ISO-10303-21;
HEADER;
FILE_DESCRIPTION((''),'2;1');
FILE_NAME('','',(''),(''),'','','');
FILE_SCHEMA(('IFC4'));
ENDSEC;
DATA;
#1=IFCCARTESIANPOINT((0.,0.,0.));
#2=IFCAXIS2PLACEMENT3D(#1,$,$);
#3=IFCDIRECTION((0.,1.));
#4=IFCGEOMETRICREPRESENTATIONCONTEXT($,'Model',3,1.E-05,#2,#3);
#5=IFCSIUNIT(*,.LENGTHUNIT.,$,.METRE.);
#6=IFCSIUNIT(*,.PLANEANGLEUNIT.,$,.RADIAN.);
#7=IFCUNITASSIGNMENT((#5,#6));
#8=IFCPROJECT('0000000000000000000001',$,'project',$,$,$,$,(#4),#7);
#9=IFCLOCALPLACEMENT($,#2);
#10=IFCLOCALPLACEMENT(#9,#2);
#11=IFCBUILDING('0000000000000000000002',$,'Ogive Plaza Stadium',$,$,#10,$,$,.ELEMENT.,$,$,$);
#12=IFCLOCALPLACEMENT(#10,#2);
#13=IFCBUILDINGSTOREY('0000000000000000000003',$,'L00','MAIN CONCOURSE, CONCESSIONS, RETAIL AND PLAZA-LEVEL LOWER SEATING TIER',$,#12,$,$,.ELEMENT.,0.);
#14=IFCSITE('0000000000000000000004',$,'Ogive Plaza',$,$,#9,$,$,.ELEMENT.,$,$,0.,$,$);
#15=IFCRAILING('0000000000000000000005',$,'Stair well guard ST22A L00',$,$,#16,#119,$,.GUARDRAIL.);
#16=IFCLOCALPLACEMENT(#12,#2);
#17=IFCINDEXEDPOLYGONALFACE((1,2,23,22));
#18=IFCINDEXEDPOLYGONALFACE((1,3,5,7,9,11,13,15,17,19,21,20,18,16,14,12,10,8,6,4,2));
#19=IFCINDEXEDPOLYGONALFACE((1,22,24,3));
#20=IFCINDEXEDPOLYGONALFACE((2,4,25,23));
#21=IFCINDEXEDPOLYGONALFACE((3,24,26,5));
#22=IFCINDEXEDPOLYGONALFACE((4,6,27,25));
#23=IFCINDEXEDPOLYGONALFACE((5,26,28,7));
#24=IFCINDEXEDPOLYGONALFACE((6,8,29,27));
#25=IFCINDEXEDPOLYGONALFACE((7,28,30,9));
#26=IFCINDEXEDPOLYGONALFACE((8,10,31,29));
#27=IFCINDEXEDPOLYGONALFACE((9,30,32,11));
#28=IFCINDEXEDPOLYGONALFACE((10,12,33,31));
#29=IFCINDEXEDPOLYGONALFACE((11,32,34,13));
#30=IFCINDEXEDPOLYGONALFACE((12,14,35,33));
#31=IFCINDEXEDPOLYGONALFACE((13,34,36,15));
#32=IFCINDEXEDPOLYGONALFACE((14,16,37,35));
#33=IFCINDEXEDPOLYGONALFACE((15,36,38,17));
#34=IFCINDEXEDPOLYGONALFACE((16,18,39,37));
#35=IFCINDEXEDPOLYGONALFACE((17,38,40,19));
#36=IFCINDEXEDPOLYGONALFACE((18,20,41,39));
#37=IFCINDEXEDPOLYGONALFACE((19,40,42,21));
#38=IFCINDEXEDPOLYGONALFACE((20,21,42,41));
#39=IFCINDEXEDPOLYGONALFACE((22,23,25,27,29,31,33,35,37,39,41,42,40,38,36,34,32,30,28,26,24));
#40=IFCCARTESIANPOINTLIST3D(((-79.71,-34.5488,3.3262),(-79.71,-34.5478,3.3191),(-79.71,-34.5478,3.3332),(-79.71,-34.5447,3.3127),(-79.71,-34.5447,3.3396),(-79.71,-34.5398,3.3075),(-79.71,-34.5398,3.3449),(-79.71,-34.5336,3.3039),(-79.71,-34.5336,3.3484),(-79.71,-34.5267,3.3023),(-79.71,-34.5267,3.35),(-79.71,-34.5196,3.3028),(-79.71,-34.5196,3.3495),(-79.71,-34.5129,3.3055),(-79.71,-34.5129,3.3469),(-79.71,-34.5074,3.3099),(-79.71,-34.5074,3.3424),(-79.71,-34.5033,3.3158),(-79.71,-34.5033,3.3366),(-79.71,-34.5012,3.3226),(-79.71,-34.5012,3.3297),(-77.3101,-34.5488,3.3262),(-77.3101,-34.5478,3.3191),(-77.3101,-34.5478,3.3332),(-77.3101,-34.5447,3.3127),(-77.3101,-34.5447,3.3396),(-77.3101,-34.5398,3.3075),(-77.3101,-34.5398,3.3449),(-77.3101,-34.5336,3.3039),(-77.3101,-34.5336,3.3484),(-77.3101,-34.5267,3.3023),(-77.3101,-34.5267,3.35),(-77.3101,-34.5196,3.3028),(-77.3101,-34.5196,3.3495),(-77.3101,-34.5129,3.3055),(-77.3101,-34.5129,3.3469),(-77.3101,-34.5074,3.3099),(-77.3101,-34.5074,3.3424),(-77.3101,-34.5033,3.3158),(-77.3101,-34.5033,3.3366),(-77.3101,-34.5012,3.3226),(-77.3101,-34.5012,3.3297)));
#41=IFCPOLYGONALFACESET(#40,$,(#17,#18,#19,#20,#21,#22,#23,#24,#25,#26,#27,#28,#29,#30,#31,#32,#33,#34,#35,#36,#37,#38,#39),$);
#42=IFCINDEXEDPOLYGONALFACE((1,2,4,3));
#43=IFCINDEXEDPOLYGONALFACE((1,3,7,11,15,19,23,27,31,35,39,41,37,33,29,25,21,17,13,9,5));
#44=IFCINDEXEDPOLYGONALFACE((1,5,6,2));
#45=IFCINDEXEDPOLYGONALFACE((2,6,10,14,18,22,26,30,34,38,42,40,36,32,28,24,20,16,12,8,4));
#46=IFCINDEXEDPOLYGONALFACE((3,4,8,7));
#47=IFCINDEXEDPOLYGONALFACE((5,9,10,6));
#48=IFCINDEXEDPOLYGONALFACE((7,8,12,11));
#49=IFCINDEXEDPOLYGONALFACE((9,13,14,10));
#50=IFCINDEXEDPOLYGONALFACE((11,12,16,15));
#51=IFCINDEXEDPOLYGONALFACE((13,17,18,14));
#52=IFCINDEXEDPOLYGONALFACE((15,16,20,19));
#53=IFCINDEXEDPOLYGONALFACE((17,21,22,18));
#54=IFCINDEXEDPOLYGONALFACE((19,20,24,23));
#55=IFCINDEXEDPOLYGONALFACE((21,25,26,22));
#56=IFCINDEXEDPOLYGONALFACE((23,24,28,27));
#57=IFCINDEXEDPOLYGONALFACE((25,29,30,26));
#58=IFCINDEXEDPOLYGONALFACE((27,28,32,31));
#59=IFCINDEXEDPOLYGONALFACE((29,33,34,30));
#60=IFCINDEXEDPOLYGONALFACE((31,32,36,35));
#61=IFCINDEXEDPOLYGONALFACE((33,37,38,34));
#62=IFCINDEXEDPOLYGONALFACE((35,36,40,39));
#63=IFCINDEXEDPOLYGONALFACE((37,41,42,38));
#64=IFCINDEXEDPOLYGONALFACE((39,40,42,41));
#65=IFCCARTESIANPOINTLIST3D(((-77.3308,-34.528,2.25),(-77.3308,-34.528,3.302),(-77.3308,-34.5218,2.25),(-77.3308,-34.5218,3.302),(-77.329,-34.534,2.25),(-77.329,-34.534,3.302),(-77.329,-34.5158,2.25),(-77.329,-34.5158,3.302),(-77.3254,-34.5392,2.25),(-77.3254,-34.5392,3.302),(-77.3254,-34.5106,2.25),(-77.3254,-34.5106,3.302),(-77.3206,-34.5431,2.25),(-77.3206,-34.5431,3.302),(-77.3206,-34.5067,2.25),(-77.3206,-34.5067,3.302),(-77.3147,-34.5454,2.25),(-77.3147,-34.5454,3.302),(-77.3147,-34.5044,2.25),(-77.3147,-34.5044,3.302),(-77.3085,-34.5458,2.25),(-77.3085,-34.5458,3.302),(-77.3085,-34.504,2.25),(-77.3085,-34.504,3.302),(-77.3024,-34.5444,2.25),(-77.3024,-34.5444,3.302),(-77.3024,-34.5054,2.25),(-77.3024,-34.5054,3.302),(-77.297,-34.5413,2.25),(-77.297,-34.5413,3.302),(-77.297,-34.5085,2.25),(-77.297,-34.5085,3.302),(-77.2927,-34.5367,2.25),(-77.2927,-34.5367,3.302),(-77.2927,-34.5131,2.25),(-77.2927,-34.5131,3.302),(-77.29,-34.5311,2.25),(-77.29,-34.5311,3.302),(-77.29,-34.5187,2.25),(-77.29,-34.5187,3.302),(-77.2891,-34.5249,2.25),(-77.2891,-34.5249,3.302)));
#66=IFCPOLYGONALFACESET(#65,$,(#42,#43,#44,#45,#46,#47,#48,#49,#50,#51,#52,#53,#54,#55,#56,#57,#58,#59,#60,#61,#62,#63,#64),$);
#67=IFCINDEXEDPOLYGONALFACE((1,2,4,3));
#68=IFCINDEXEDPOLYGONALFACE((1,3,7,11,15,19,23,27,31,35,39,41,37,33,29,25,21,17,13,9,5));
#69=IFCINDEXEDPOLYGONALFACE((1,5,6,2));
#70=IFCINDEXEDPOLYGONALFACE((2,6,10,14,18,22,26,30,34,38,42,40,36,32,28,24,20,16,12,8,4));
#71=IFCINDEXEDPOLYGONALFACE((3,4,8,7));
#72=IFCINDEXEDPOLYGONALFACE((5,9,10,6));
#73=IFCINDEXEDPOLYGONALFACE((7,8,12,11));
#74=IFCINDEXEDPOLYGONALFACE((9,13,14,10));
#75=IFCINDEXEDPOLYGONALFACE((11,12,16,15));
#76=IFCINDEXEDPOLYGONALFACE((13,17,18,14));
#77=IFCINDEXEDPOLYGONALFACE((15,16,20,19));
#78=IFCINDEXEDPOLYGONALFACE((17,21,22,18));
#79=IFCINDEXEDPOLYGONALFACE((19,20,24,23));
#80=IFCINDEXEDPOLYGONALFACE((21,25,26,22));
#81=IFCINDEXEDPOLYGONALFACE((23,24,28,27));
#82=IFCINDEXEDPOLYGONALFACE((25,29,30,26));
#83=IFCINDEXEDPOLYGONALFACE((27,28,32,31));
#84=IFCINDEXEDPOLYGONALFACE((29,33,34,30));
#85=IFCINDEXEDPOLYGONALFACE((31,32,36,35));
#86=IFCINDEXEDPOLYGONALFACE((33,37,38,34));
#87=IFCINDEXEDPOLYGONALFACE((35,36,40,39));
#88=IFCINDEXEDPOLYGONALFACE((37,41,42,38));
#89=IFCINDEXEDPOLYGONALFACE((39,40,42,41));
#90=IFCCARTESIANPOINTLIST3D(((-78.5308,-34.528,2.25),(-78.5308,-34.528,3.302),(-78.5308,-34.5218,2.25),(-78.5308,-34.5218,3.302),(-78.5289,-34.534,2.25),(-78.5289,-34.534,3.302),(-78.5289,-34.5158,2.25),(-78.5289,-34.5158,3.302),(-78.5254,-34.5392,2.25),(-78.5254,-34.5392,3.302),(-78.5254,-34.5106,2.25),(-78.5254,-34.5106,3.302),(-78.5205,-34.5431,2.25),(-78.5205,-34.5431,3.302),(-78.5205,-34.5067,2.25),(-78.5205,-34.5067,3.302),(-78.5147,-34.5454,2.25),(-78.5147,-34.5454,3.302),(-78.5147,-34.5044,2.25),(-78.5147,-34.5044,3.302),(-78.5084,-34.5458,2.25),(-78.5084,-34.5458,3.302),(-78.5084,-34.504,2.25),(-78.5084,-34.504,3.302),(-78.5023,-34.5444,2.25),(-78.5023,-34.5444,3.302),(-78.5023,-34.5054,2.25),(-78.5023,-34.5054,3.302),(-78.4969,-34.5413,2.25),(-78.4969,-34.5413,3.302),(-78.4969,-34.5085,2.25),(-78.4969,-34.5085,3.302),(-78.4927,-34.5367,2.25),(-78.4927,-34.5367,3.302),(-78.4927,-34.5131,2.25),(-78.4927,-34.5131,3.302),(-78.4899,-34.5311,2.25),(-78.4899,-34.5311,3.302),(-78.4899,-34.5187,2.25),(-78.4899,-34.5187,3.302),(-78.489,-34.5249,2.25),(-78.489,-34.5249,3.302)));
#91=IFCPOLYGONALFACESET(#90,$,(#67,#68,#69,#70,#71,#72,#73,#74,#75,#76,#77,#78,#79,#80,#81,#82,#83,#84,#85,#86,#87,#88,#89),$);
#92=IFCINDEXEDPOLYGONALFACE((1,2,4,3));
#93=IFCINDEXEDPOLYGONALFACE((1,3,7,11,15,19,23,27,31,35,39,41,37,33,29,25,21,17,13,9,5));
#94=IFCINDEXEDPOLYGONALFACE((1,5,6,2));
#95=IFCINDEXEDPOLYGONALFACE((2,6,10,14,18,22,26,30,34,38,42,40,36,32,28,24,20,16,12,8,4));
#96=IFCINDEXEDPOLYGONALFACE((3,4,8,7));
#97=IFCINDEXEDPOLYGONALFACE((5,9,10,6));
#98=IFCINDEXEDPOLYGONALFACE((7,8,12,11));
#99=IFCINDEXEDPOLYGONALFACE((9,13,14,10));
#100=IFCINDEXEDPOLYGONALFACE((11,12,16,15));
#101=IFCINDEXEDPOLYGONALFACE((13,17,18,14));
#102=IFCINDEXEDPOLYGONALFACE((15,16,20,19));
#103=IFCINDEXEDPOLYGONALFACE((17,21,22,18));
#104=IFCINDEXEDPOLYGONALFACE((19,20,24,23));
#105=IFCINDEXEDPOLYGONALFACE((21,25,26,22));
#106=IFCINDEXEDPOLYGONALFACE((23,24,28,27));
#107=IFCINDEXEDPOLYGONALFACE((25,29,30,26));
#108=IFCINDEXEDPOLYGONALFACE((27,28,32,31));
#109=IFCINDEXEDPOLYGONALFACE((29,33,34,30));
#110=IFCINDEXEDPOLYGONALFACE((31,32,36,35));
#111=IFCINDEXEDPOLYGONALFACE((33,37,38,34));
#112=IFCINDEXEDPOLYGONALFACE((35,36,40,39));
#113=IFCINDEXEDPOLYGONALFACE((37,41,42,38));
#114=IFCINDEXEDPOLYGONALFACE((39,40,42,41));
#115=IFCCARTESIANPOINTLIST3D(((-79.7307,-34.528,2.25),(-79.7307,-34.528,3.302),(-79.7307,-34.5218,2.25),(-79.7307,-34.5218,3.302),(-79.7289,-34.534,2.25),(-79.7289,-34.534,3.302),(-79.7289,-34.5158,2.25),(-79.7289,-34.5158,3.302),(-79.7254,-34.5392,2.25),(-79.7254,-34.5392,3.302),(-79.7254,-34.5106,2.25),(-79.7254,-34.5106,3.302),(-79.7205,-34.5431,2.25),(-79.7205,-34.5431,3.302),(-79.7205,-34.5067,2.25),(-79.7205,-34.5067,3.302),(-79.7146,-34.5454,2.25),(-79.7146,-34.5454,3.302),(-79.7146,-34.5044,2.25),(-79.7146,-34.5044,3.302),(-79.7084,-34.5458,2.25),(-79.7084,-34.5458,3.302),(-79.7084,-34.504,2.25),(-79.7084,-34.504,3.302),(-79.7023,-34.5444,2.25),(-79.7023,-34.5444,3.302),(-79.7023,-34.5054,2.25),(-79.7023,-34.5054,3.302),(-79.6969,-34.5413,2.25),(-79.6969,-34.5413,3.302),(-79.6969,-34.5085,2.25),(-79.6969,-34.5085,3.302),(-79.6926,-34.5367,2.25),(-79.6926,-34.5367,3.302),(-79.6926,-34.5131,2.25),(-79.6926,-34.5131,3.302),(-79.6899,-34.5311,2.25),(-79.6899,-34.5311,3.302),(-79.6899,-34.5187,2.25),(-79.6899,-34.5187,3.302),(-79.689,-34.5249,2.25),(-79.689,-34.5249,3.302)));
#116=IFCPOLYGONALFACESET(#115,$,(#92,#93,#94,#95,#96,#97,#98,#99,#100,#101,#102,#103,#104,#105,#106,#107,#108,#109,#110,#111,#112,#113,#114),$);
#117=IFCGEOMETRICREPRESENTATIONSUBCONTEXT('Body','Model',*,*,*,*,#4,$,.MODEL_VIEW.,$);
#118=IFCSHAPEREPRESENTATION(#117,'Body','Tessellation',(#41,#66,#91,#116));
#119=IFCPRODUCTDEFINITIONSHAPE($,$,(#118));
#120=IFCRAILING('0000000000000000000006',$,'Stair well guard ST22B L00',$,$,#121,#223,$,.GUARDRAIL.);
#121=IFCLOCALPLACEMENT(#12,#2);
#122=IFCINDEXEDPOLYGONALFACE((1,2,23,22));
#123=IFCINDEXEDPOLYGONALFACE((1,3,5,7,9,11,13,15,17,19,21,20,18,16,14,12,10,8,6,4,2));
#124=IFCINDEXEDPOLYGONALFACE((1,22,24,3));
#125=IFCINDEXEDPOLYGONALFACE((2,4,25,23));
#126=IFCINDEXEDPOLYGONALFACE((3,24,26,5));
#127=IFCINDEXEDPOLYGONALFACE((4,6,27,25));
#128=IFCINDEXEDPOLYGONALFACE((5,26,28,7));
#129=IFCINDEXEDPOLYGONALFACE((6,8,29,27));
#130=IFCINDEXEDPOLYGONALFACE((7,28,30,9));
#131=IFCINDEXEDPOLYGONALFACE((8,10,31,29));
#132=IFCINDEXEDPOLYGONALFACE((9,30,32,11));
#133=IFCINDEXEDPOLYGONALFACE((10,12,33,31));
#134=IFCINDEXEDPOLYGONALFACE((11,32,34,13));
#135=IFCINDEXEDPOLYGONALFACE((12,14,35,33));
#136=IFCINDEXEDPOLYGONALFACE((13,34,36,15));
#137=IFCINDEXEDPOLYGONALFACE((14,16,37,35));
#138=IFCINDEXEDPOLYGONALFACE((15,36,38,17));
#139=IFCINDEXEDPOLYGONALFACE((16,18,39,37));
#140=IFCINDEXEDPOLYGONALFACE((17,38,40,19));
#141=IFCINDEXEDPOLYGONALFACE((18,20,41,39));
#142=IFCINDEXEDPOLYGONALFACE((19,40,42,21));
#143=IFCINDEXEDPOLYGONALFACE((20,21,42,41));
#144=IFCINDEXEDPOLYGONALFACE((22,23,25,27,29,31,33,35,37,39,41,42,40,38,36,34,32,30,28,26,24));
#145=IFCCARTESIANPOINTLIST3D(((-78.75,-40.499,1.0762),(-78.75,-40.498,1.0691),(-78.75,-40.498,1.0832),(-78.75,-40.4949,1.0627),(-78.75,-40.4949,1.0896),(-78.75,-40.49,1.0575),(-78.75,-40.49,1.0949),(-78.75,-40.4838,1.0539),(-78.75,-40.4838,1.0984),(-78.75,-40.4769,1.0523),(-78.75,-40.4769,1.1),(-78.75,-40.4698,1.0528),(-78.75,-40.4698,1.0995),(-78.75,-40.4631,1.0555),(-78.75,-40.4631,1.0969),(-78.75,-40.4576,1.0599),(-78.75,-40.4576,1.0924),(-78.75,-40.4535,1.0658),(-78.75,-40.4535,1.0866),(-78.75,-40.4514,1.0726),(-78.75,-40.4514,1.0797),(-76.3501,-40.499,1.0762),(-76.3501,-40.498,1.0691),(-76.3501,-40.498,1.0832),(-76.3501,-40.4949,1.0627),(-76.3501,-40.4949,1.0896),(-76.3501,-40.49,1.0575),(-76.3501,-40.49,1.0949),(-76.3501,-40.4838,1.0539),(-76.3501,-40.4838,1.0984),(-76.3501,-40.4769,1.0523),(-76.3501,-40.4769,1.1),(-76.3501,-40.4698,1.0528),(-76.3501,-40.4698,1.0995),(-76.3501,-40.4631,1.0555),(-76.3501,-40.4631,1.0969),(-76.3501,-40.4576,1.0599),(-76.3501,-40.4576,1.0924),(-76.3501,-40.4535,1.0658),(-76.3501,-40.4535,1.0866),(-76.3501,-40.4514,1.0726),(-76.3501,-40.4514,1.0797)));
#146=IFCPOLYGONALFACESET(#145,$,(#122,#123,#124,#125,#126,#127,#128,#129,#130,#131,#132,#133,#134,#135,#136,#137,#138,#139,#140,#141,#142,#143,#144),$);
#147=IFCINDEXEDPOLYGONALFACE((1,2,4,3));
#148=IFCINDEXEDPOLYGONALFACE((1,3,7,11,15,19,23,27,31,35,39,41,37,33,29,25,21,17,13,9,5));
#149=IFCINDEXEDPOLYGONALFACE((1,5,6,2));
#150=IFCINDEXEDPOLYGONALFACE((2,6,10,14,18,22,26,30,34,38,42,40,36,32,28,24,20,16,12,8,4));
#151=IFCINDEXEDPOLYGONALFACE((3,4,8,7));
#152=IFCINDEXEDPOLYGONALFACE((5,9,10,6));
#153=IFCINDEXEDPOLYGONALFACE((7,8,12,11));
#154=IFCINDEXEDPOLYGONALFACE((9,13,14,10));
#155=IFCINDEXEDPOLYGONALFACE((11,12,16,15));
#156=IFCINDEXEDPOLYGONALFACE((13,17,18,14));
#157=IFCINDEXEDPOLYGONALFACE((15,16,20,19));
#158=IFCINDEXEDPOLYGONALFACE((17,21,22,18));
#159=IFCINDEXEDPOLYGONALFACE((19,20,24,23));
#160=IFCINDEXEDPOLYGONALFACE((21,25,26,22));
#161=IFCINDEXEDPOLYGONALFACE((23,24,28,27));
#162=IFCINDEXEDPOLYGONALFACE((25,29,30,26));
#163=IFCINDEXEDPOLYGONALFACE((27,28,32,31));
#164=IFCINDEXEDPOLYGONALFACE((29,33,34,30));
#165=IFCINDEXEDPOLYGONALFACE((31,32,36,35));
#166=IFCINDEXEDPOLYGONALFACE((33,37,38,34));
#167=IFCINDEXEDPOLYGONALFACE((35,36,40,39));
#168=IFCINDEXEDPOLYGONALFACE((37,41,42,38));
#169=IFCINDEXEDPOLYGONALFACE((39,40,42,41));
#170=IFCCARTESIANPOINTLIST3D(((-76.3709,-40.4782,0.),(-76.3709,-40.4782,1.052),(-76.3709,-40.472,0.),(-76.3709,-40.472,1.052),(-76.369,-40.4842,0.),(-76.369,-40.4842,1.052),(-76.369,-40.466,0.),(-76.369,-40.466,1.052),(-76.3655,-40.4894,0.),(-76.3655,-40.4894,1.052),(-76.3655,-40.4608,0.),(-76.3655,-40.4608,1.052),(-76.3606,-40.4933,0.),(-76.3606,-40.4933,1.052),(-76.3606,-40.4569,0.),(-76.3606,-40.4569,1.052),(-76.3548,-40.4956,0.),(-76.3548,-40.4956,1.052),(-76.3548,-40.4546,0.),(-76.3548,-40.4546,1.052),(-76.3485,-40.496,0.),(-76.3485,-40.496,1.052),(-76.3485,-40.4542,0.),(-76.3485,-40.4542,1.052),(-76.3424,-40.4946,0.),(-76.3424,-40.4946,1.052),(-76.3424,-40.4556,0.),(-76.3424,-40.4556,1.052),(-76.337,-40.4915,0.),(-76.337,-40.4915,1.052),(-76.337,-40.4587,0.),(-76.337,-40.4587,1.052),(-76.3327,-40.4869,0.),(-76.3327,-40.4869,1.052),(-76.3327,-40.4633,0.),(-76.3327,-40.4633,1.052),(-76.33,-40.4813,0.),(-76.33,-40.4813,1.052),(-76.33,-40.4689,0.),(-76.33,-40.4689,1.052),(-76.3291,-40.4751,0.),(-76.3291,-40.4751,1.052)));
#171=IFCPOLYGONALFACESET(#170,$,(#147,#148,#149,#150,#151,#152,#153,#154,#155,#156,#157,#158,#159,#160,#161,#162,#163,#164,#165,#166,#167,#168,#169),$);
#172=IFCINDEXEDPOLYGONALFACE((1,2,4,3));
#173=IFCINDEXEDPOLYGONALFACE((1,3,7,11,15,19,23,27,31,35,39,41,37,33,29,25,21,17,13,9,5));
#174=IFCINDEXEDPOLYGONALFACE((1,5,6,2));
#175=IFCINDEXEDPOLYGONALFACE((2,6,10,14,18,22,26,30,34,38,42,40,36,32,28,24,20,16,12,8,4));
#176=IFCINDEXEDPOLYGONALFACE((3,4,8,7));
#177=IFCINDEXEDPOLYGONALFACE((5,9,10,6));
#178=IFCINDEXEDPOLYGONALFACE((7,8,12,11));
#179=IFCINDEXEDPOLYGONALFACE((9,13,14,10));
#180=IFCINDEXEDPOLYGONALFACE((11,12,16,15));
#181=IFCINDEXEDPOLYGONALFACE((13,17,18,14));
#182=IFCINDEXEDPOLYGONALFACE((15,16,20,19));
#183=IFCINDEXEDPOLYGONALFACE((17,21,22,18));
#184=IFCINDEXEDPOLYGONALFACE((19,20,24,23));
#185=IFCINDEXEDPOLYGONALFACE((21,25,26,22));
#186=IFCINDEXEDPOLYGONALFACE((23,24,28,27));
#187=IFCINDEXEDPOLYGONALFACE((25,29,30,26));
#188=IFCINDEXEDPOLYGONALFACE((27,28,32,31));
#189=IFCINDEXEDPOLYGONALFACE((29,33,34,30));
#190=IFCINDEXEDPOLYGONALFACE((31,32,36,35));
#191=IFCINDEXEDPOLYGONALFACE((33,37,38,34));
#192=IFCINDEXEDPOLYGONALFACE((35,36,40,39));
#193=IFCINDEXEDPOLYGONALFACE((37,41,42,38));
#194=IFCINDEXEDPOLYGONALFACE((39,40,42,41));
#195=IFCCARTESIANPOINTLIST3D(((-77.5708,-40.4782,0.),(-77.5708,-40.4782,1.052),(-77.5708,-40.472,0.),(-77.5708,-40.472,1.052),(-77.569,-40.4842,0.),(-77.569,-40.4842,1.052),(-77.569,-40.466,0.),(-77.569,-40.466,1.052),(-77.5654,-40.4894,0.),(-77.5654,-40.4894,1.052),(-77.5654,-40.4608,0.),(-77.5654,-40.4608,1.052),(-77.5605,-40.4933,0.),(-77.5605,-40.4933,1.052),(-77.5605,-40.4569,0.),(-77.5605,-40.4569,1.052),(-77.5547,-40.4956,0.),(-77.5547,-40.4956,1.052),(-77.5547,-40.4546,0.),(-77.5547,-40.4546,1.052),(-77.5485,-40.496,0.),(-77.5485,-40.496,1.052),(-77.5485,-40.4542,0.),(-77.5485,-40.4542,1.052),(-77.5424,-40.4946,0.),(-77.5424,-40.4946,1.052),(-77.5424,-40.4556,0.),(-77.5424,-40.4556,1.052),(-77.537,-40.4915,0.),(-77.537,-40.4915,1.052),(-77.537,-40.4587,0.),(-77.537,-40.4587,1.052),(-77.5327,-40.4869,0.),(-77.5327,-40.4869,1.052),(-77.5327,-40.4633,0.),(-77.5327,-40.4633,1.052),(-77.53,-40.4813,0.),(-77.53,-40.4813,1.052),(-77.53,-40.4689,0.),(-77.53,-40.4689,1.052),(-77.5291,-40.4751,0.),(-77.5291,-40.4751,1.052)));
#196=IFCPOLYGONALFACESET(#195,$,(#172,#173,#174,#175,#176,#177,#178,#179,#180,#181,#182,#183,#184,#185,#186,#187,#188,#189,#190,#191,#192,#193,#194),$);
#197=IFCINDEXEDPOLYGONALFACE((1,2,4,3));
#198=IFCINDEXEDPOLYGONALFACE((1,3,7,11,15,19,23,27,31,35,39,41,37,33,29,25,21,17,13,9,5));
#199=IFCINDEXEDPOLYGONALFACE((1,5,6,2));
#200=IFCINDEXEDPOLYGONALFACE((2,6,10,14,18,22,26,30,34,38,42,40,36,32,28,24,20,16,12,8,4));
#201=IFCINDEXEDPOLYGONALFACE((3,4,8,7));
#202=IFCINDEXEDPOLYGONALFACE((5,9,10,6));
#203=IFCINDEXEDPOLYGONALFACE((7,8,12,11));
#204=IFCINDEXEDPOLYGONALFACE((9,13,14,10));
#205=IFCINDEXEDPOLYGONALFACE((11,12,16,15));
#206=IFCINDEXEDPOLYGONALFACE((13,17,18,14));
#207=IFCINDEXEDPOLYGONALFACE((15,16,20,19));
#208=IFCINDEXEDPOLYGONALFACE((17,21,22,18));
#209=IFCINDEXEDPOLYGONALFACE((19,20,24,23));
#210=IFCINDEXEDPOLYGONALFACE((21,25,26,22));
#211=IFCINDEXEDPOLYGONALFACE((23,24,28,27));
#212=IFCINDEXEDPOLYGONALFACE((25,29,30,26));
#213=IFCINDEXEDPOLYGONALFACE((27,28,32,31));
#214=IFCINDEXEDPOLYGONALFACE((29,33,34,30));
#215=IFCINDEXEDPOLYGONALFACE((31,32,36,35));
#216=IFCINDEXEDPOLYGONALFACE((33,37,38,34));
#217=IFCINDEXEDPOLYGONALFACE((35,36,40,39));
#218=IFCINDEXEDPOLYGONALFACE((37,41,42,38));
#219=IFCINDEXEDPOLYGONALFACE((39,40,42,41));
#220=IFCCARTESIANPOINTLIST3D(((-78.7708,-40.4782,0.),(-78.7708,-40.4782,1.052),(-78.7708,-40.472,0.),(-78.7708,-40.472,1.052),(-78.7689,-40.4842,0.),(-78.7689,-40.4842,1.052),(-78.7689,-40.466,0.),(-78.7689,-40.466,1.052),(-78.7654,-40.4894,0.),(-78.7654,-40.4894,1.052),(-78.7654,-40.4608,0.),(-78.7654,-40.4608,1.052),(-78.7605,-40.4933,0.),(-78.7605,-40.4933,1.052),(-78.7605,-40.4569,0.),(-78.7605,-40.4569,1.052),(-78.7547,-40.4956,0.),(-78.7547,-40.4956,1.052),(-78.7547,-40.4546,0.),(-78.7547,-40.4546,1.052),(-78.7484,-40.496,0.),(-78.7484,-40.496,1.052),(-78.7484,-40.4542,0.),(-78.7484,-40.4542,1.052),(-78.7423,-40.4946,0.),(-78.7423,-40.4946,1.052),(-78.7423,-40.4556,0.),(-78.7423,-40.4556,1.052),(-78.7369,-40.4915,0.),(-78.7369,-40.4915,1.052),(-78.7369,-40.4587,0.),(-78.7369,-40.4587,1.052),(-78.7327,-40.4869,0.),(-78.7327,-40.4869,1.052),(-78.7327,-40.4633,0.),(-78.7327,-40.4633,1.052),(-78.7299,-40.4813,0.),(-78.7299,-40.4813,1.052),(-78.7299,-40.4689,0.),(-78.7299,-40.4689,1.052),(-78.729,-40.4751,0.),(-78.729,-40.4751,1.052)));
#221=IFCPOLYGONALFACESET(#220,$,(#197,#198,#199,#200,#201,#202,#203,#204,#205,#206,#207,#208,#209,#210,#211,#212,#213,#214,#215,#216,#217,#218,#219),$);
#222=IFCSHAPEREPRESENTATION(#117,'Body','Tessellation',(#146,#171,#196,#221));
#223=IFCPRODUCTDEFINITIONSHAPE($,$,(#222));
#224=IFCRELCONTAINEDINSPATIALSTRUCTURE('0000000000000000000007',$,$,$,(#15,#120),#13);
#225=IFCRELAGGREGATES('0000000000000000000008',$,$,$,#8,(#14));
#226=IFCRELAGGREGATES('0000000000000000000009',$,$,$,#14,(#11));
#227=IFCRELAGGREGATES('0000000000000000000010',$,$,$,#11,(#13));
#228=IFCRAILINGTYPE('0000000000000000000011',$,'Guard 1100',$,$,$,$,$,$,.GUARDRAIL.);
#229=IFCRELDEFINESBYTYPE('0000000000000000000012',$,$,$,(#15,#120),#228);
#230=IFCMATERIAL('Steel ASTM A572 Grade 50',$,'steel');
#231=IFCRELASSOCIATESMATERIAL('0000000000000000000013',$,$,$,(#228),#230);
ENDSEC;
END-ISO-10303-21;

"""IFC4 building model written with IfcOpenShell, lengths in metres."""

from ifc_helpers import new_model, si_unit, direction, frame, origin, origin_2d, place, context, subcontext, project, spatial, circle, extrude, material, type_object, element, save


model = new_model("IFC4")

# Units and contexts
model_context = context("Model", 3, precision=1e-05, world=origin(), true_north=direction((0.0, 1.0)))
body_context = subcontext(model_context, "Body", "Model", "MODEL_VIEW")
ifc_project = project(units=[si_unit("LENGTHUNIT", "METRE"), si_unit("PLANEANGLEUNIT", "RADIAN")], contexts=[model_context])

# Site, building, storey
site_placement = place(None, origin())
site = spatial("IfcSite", under=ifc_project, at=site_placement, Name="Ogive Plaza", CompositionType="ELEMENT", RefElevation=0.0)
building_placement = place(site_placement, origin())
building = spatial("IfcBuilding", under=site, at=building_placement, Name="Ogive Plaza Stadium", CompositionType="ELEMENT")
storey_placement = place(building_placement, origin())
storey = spatial("IfcBuildingStorey", under=building, at=storey_placement, Name="L00", Description="MAIN CONCOURSE, CONCESSIONS, RETAIL AND PLAZA-LEVEL LOWER SEATING TIER", CompositionType="ELEMENT", Elevation=0.0)

# Railings
ifc_material_1 = material(Name="Steel ASTM A572 Grade 50", Category="steel")
railing_type_1 = type_object("IfcRailingType", Name="Guard 1100", PredefinedType="GUARDRAIL", material=ifc_material_1)
for number, where, name in (
    (1, (-77.3101, -34.5249, 2.25), "Stair well guard ST22A L00"),
    (2, (-76.3501, -40.4751, 0.0), "Stair well guard ST22B L00"),
):
    element("IfcRailing", number, at=place(storey_placement, frame(where)), inside=storey, type_object=railing_type_1, Name=name, PredefinedType="GUARDRAIL", context=body_context, shape_type="SweptSolid", body=[
        extrude(circle(Radius=0.0239, at=origin_2d()), frame((0.0, 0.0, 1.0762), z_axis=(-1.0, 0.0, 0.0), x_axis=(0.0, -1.0, 0.0)), (0.0, 0.0, 1.0), 2.3999),
        extrude(circle(Radius=0.021, at=origin_2d()), origin(), (0.0, 0.0, 1.0), 1.052),
        extrude(circle(Radius=0.021, at=origin_2d()), frame((-1.2, 0.0, 0.0)), (0.0, 0.0, 1.0), 1.052),
        extrude(circle(Radius=0.021, at=origin_2d()), frame((-2.3999, 0.0, 0.0)), (0.0, 0.0, 1.0), 1.052),
    ])

save(model, "model.ifc")
